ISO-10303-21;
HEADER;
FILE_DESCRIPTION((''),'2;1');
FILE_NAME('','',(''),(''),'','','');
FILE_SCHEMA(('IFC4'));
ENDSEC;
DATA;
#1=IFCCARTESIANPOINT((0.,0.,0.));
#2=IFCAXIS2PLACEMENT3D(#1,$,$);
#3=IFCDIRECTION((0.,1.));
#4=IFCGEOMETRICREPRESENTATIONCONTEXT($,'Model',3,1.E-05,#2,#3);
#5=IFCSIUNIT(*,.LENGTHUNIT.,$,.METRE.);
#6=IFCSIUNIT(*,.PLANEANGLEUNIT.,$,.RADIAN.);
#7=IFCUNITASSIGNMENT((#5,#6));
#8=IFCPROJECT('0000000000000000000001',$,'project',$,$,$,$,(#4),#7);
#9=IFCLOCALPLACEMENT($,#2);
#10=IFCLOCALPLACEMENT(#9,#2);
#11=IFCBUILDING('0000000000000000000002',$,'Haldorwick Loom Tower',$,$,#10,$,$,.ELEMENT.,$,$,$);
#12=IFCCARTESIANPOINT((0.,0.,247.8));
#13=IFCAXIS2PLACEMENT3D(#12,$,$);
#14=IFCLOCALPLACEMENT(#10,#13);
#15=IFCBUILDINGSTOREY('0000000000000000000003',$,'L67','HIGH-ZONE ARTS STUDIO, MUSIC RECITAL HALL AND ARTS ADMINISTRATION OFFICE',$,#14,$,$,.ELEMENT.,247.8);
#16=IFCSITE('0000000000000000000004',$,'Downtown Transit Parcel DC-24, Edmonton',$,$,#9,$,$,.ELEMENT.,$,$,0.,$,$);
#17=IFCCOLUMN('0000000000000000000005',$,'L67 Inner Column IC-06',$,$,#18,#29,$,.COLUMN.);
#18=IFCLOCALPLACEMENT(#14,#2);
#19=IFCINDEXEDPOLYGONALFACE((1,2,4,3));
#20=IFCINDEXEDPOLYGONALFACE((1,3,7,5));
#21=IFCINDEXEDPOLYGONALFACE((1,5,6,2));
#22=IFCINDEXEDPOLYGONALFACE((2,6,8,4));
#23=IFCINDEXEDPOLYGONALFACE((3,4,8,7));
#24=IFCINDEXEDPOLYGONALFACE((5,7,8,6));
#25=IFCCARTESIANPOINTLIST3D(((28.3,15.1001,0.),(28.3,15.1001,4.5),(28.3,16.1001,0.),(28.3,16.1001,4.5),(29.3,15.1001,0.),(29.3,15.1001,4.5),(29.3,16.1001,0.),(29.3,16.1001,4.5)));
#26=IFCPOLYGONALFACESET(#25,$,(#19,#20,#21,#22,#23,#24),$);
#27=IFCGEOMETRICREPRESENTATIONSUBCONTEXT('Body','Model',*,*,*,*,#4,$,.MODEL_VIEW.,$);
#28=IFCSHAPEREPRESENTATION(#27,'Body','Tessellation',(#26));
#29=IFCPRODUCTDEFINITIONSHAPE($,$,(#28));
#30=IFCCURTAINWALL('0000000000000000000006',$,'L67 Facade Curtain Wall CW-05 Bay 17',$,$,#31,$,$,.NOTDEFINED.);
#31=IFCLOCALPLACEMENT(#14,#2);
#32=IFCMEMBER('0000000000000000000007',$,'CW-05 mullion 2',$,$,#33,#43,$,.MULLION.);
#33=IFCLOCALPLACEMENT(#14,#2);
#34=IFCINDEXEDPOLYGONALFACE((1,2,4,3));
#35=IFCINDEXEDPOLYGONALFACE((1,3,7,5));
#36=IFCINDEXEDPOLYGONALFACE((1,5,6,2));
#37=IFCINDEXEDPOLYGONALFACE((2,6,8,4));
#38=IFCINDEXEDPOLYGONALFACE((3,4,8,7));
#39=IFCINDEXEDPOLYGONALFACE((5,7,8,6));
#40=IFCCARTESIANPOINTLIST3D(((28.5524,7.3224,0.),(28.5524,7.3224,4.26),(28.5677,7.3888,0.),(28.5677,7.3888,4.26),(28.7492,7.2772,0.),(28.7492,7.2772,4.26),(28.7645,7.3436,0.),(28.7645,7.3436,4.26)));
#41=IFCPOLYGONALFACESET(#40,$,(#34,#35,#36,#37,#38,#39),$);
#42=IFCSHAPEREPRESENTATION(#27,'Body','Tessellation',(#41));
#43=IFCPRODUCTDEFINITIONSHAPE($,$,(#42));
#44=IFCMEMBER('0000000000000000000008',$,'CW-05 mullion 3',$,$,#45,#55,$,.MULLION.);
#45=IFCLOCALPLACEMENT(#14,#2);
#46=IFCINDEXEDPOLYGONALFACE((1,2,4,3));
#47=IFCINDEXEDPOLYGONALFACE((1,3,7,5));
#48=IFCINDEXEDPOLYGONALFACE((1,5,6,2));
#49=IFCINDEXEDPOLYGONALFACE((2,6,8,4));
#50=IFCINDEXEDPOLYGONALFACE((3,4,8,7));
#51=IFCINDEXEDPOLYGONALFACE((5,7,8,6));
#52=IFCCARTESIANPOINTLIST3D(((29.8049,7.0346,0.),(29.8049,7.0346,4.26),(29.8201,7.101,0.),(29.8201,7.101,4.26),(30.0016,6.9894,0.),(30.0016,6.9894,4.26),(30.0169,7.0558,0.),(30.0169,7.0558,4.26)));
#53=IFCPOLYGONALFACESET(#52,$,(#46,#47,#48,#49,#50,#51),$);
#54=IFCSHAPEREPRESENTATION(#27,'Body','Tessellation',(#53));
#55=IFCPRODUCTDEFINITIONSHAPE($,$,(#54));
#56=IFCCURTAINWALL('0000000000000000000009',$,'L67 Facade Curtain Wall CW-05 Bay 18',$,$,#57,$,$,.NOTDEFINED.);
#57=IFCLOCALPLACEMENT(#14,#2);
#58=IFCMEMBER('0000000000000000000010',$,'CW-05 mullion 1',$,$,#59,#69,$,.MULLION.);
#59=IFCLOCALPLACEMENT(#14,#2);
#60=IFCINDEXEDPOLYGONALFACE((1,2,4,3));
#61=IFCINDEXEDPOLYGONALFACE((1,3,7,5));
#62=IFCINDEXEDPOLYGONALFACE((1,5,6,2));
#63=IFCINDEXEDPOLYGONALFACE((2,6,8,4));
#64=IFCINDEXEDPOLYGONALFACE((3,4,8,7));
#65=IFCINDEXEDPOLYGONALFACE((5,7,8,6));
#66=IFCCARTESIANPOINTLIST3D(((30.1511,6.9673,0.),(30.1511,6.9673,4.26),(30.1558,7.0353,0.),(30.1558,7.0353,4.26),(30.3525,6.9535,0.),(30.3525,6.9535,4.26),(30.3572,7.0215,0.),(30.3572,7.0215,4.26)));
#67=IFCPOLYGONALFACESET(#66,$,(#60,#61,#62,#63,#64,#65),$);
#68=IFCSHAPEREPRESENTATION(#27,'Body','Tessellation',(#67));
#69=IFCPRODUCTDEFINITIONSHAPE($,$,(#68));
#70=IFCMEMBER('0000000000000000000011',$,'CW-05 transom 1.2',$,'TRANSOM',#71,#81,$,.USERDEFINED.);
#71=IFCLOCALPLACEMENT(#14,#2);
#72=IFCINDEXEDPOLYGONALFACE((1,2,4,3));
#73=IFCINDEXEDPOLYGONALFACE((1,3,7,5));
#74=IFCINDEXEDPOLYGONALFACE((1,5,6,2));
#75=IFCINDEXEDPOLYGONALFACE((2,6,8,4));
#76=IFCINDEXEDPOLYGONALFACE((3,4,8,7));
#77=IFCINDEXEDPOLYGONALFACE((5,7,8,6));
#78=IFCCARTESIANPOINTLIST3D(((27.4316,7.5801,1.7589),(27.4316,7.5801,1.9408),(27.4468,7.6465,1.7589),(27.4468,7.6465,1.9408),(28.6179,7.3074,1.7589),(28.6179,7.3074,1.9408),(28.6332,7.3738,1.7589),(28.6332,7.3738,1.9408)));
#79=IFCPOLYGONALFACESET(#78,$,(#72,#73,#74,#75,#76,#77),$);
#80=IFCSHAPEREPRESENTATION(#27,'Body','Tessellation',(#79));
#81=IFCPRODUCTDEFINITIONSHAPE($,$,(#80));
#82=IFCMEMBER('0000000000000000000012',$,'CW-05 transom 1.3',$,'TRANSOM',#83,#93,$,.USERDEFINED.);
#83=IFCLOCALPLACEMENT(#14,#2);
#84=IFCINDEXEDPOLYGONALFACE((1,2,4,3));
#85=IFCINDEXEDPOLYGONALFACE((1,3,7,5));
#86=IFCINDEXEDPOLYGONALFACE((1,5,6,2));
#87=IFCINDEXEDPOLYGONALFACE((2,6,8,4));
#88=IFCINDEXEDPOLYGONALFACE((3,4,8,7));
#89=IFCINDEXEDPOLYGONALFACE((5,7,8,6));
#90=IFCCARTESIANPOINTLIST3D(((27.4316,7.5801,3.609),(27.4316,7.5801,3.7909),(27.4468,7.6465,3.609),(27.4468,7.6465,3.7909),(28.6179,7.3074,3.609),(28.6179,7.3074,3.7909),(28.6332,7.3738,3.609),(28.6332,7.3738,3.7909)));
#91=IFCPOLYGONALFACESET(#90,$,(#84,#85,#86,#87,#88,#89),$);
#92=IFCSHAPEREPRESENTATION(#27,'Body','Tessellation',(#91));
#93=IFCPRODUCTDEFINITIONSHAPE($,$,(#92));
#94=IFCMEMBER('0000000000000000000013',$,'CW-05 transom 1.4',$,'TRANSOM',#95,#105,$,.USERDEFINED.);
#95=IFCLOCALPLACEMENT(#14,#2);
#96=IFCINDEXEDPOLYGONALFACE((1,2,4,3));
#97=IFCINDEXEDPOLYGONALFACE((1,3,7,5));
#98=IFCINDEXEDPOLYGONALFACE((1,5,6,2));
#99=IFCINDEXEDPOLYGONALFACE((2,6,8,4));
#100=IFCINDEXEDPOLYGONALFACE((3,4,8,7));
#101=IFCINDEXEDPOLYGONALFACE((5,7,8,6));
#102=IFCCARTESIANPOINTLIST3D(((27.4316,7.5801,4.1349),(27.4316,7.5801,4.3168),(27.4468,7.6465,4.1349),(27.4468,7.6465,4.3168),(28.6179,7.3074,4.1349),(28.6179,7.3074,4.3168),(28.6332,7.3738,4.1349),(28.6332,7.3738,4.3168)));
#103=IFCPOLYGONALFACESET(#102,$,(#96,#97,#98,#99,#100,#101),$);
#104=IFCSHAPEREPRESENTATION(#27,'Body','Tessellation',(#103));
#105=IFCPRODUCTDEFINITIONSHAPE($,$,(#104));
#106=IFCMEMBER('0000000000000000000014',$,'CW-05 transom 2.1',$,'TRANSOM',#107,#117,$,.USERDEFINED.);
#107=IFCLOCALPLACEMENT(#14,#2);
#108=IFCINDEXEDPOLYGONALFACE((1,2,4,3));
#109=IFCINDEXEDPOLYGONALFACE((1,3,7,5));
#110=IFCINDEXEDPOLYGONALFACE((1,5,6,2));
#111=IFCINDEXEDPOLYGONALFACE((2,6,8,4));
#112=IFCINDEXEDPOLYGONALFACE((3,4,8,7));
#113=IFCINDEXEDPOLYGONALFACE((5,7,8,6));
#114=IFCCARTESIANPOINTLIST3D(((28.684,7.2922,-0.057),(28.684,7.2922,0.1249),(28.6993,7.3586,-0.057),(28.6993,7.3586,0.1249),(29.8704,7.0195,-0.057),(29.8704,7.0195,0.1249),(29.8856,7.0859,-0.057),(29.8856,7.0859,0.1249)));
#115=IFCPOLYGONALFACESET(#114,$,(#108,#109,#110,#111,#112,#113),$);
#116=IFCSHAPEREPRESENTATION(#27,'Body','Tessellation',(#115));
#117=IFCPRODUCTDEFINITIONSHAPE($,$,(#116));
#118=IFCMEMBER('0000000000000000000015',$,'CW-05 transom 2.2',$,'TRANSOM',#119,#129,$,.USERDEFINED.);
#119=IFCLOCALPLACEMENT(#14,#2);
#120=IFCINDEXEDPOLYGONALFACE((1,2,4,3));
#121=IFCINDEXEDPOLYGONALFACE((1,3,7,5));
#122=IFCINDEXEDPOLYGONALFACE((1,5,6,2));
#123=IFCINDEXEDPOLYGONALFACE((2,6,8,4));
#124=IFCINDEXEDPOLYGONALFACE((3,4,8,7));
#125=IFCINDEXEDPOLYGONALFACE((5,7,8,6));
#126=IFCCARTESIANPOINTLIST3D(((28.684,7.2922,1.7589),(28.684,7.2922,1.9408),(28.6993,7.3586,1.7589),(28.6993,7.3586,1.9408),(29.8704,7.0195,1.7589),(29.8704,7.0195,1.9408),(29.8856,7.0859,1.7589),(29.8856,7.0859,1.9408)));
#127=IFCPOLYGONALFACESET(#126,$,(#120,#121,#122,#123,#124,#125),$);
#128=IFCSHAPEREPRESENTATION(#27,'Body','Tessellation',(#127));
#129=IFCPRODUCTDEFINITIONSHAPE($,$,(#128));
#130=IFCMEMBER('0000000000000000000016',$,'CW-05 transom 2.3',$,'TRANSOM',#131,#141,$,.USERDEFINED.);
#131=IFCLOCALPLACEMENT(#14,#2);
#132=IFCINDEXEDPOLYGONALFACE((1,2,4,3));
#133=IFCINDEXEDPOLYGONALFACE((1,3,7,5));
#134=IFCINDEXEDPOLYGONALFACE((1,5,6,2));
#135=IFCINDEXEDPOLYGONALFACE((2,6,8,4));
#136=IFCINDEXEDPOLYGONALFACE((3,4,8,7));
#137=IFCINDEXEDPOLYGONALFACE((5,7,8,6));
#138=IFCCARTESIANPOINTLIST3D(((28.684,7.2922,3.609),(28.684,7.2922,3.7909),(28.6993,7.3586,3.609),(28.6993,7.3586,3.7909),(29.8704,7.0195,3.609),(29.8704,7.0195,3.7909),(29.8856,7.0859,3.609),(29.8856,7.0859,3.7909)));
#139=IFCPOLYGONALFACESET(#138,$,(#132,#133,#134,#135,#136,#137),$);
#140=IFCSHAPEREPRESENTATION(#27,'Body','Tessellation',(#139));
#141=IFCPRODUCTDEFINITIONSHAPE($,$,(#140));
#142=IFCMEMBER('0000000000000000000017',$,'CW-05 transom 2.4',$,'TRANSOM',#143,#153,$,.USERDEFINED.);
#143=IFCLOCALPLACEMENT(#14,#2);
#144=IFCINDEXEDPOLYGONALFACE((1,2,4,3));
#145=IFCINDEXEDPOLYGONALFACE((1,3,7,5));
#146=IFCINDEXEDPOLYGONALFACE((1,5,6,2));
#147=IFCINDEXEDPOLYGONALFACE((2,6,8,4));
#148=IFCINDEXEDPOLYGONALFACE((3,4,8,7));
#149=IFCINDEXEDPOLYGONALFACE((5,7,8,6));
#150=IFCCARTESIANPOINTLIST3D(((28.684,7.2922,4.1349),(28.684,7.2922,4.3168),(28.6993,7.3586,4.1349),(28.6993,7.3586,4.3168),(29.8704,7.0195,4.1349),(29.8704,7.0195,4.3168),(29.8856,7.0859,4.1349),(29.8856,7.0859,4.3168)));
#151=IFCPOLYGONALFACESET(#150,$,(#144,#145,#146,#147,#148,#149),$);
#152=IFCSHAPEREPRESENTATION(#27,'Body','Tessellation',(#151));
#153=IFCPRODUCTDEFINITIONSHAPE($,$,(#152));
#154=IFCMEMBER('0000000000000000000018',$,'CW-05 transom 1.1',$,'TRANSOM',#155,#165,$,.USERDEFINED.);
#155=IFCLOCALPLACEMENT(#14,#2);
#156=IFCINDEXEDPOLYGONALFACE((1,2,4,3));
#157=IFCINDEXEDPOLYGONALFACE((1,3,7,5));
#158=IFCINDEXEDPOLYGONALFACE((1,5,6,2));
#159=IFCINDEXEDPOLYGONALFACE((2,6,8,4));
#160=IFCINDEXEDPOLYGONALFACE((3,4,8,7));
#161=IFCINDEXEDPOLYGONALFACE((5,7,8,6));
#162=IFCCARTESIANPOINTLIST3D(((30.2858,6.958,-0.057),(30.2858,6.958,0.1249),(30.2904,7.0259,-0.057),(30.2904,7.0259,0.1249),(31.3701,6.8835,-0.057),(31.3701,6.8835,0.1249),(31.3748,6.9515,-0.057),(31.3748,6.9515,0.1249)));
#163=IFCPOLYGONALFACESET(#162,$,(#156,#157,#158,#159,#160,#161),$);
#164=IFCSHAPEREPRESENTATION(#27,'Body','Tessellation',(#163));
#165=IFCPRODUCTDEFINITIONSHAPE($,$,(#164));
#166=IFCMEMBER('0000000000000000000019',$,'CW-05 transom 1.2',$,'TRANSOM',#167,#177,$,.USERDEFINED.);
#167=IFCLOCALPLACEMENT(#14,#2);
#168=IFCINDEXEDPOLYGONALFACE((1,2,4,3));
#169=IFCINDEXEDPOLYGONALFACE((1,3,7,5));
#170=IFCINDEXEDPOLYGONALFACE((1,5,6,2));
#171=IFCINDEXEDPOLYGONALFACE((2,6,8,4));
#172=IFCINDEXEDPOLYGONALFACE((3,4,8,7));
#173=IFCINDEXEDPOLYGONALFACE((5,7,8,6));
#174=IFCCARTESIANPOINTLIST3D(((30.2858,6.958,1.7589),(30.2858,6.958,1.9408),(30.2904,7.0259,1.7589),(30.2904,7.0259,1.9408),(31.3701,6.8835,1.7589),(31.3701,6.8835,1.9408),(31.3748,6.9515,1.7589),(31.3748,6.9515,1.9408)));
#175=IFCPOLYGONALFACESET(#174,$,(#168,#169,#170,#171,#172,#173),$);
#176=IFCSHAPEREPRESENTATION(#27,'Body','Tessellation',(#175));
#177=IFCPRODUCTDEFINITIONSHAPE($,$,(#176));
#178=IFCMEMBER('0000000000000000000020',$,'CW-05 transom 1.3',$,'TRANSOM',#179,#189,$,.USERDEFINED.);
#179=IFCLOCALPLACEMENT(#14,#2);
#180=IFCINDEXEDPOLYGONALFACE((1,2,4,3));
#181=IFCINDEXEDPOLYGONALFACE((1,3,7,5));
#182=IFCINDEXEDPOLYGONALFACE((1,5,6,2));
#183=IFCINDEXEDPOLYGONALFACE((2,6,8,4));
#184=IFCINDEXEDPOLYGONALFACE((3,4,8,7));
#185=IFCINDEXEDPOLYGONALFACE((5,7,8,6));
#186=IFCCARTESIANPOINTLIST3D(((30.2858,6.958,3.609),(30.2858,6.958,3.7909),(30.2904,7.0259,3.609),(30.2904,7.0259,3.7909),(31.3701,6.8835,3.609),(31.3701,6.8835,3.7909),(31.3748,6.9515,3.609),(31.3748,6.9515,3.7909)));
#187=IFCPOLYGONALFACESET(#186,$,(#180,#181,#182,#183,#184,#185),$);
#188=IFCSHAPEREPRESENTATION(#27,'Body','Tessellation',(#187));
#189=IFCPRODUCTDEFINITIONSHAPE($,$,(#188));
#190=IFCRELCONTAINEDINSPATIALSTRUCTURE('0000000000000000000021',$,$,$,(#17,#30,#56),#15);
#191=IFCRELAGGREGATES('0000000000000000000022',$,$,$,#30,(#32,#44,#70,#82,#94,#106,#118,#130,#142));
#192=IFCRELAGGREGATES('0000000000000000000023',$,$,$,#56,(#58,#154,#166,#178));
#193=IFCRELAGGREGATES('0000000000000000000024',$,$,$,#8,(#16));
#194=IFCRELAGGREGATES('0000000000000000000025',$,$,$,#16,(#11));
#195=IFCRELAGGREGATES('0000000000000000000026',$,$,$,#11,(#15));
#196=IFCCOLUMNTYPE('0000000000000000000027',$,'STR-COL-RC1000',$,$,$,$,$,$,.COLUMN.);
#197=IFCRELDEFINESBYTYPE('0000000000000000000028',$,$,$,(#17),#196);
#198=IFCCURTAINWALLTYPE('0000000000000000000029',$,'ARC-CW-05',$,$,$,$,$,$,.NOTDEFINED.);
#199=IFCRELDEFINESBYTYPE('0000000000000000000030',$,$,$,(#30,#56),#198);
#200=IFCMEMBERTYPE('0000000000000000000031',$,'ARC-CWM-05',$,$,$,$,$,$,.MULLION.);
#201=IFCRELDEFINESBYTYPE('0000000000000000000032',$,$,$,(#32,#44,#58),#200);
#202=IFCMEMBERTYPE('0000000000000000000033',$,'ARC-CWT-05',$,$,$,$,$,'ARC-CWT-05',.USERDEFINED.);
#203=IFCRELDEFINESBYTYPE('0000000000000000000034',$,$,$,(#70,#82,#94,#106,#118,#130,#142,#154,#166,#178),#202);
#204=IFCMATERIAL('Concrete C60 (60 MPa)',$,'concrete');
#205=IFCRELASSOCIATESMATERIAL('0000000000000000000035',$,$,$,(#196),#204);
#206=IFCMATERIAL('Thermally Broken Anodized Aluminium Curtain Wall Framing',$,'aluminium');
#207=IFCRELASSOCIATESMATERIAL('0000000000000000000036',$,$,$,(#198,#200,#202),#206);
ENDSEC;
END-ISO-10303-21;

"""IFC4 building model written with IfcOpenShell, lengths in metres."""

from ifc_helpers import new_model, si_unit, direction, frame, origin, origin_2d, place, context, subcontext, project, spatial, rectangle, extrude, material, material_profile, profile_set, type_object, element, aggregate, save


model = new_model("IFC4")

# Units and contexts
model_context = context("Model", 3, precision=1e-05, world=origin(), true_north=direction((0.0, 1.0)))
body_context = subcontext(model_context, "Body", "Model", "MODEL_VIEW")
ifc_project = project(units=[si_unit("LENGTHUNIT", "METRE"), si_unit("PLANEANGLEUNIT", "RADIAN")], contexts=[model_context])

# Site, building, storey
site_placement = place(None, origin())
site = spatial("IfcSite", under=ifc_project, at=site_placement, Name="Downtown Transit Parcel DC-24, Edmonton", CompositionType="ELEMENT", RefElevation=0.0)
building_placement = place(site_placement, origin())
building = spatial("IfcBuilding", under=site, at=building_placement, Name="Haldorwick Loom Tower", CompositionType="ELEMENT")
storey_placement = place(building_placement, frame((0.0, 0.0, 247.8)))
storey = spatial("IfcBuildingStorey", under=building, at=storey_placement, Name="L67", Description="HIGH-ZONE ARTS STUDIO, MUSIC RECITAL HALL AND ARTS ADMINISTRATION OFFICE", CompositionType="ELEMENT", Elevation=247.8)

# Column
ifc_material_1 = material(Name="Concrete C60 (60 MPa)", Category="concrete")
ifc_material_profile_1 = material_profile(ifc_material_1, rectangle(XDim=1.0, YDim=1.0, at=origin_2d()), Name="RC1000X1000", Category="concrete")
ifc_profile_set_1 = profile_set([ifc_material_profile_1], Name="Concrete C60 (60 MPa)")
column_type = type_object("IfcColumnType", Name="STR-COL-RC1000", PredefinedType="COLUMN", material=ifc_profile_set_1)
column_placement = place(storey_placement, frame((28.8, 15.6001, 0.0), z_axis=(0.0, 0.0, 1.0), x_axis=(1.0, 0.0, 0.0)))
element("IfcColumn", 1, at=column_placement, inside=storey, type_object=column_type, Name="L67 Inner Column IC-06", PredefinedType="COLUMN", context=body_context, shape_type="SweptSolid", body=[
    extrude(rectangle(XDim=1.0, YDim=1.0, at=origin_2d()), origin(), (0.0, 0.0, 1.0), 4.5),
])

# Curtain wall, members
ifc_material_2 = material(Name="Thermally Broken Anodized Aluminium Curtain Wall Framing", Category="aluminium")
curtain_wall_type = type_object("IfcCurtainWallType", Name="ARC-CW-05", PredefinedType="NOTDEFINED", material=ifc_material_2)
curtain_wall_1_placement = place(storey_placement, origin())
curtain_wall_1 = element("IfcCurtainWall", 2, at=curtain_wall_1_placement, inside=storey, type_object=curtain_wall_type, Name="L67 Facade Curtain Wall CW-05 Bay 17", PredefinedType="NOTDEFINED")
ifc_material_profile_2 = material_profile(ifc_material_2, rectangle(XDim=0.0681, YDim=0.2019, at=origin_2d()), Name="ALU_MUL_68X202", Category="aluminium")
ifc_profile_set_2 = profile_set([ifc_material_profile_2], Name="Thermally Broken Anodized Aluminium Curtain Wall Framing")
member_type_1 = type_object("IfcMemberType", Name="ARC-CWM-05", PredefinedType="MULLION", material=ifc_profile_set_2)
member_1_placement = place(storey_placement, frame((28.6584, 7.333, 0.0), z_axis=(0.0, 0.0, 1.0), x_axis=(0.223949, 0.974601, 0.0)))
member_1 = element("IfcMember", 3, at=member_1_placement, type_object=member_type_1, Name="CW-05 mullion 2", PredefinedType="MULLION", context=body_context, shape_type="SweptSolid", body=[
    extrude(rectangle(XDim=0.0681, YDim=0.2019, at=origin_2d()), origin(), (0.0, 0.0, 1.0), 4.26),
])
member_2_placement = place(storey_placement, frame((29.9109, 7.0452, 0.0), z_axis=(0.0, 0.0, 1.0), x_axis=(0.223949, 0.974601, 0.0)))
member_2 = element("IfcMember", 4, at=member_2_placement, type_object=member_type_1, Name="CW-05 mullion 3", PredefinedType="MULLION", context=body_context, shape_type="SweptSolid", body=[
    extrude(rectangle(XDim=0.0681, YDim=0.2019, at=origin_2d()), origin(), (0.0, 0.0, 1.0), 4.26),
])

# Curtain wall, member
curtain_wall_2_placement = place(storey_placement, origin())
curtain_wall_2 = element("IfcCurtainWall", 5, at=curtain_wall_2_placement, inside=storey, type_object=curtain_wall_type, Name="L67 Facade Curtain Wall CW-05 Bay 18", PredefinedType="NOTDEFINED")
member_3_placement = place(storey_placement, frame((30.2542, 6.9944, 0.0), z_axis=(0.0, 0.0, 1.0), x_axis=(0.068454, 0.997654, 0.0)))
member_3 = element("IfcMember", 6, at=member_3_placement, type_object=member_type_1, Name="CW-05 mullion 1", PredefinedType="MULLION", context=body_context, shape_type="SweptSolid", body=[
    extrude(rectangle(XDim=0.0681, YDim=0.2019, at=origin_2d()), origin(), (0.0, 0.0, 1.0), 4.26),
])

# Members
ifc_material_profile_3 = material_profile(ifc_material_2, rectangle(XDim=0.0681, YDim=0.1819, at=origin_2d()), Name="ALU_TRN_68X182", Category="aluminium")
ifc_profile_set_3 = profile_set([ifc_material_profile_3], Name="Thermally Broken Anodized Aluminium Curtain Wall Framing")
member_type_2 = type_object("IfcMemberType", Name="ARC-CWT-05", ElementType="ARC-CWT-05", PredefinedType="USERDEFINED", material=ifc_profile_set_3)
member_4_placement = place(storey_placement, frame((27.4392, 7.6133, 1.8499), z_axis=(0.97458, -0.224039, 0.0), x_axis=(0.224039, 0.97458, 0.0)))
member_4 = element("IfcMember", 7, at=member_4_placement, type_object=member_type_2, Name="CW-05 transom 1.2", ObjectType="TRANSOM", PredefinedType="USERDEFINED", context=body_context, shape_type="SweptSolid", body=[
    extrude(rectangle(XDim=0.0681, YDim=0.1819, at=origin_2d()), origin(), (0.0, 0.0, 1.0), 1.2173),
])
member_5_placement = place(storey_placement, frame((27.4392, 7.6133, 3.7), z_axis=(0.97458, -0.224039, 0.0), x_axis=(0.224039, 0.97458, 0.0)))
member_5 = element("IfcMember", 8, at=member_5_placement, type_object=member_type_2, Name="CW-05 transom 1.3", ObjectType="TRANSOM", PredefinedType="USERDEFINED", context=body_context, shape_type="SweptSolid", body=[
    extrude(rectangle(XDim=0.0681, YDim=0.1819, at=origin_2d()), origin(), (0.0, 0.0, 1.0), 1.2173),
])
member_6_placement = place(storey_placement, frame((27.4392, 7.6133, 4.2258), z_axis=(0.97458, -0.224039, 0.0), x_axis=(0.224039, 0.97458, 0.0)))
member_6 = element("IfcMember", 9, at=member_6_placement, type_object=member_type_2, Name="CW-05 transom 1.4", ObjectType="TRANSOM", PredefinedType="USERDEFINED", context=body_context, shape_type="SweptSolid", body=[
    extrude(rectangle(XDim=0.0681, YDim=0.1819, at=origin_2d()), origin(), (0.0, 0.0, 1.0), 1.2173),
])
member_7_placement = place(storey_placement, frame((28.6917, 7.3254, 0.0339), z_axis=(0.97458, -0.224039, 0.0), x_axis=(0.224039, 0.97458, 0.0)))
member_7 = element("IfcMember", 10, at=member_7_placement, type_object=member_type_2, Name="CW-05 transom 2.1", ObjectType="TRANSOM", PredefinedType="USERDEFINED", context=body_context, shape_type="SweptSolid", body=[
    extrude(rectangle(XDim=0.0681, YDim=0.1819, at=origin_2d()), origin(), (0.0, 0.0, 1.0), 1.2173),
])
member_8_placement = place(storey_placement, frame((28.6917, 7.3254, 1.8499), z_axis=(0.97458, -0.224039, 0.0), x_axis=(0.224039, 0.97458, 0.0)))
member_8 = element("IfcMember", 11, at=member_8_placement, type_object=member_type_2, Name="CW-05 transom 2.2", ObjectType="TRANSOM", PredefinedType="USERDEFINED", context=body_context, shape_type="SweptSolid", body=[
    extrude(rectangle(XDim=0.0681, YDim=0.1819, at=origin_2d()), origin(), (0.0, 0.0, 1.0), 1.2173),
])
member_9_placement = place(storey_placement, frame((28.6917, 7.3254, 3.7), z_axis=(0.97458, -0.224039, 0.0), x_axis=(0.224039, 0.97458, 0.0)))
member_9 = element("IfcMember", 12, at=member_9_placement, type_object=member_type_2, Name="CW-05 transom 2.3", ObjectType="TRANSOM", PredefinedType="USERDEFINED", context=body_context, shape_type="SweptSolid", body=[
    extrude(rectangle(XDim=0.0681, YDim=0.1819, at=origin_2d()), origin(), (0.0, 0.0, 1.0), 1.2173),
])
member_10_placement = place(storey_placement, frame((28.6917, 7.3254, 4.2258), z_axis=(0.97458, -0.224039, 0.0), x_axis=(0.224039, 0.97458, 0.0)))
member_10 = element("IfcMember", 13, at=member_10_placement, type_object=member_type_2, Name="CW-05 transom 2.4", ObjectType="TRANSOM", PredefinedType="USERDEFINED", context=body_context, shape_type="SweptSolid", body=[
    extrude(rectangle(XDim=0.0681, YDim=0.1819, at=origin_2d()), origin(), (0.0, 0.0, 1.0), 1.2173),
])
member_11_placement = place(storey_placement, frame((30.2881, 6.9919, 0.0339), z_axis=(0.997651, -0.068501, 0.0), x_axis=(0.068501, 0.997651, 0.0)))
member_11 = element("IfcMember", 14, at=member_11_placement, type_object=member_type_2, Name="CW-05 transom 1.1", ObjectType="TRANSOM", PredefinedType="USERDEFINED", context=body_context, shape_type="SweptSolid", body=[
    extrude(rectangle(XDim=0.0681, YDim=0.1819, at=origin_2d()), origin(), (0.0, 0.0, 1.0), 1.0869),
])
member_12_placement = place(storey_placement, frame((30.2881, 6.9919, 1.8499), z_axis=(0.997651, -0.068501, 0.0), x_axis=(0.068501, 0.997651, 0.0)))
member_12 = element("IfcMember", 15, at=member_12_placement, type_object=member_type_2, Name="CW-05 transom 1.2", ObjectType="TRANSOM", PredefinedType="USERDEFINED", context=body_context, shape_type="SweptSolid", body=[
    extrude(rectangle(XDim=0.0681, YDim=0.1819, at=origin_2d()), origin(), (0.0, 0.0, 1.0), 1.0869),
])
member_13_placement = place(storey_placement, frame((30.2881, 6.9919, 3.7), z_axis=(0.997651, -0.068501, 0.0), x_axis=(0.068501, 0.997651, 0.0)))
member_13 = element("IfcMember", 16, at=member_13_placement, type_object=member_type_2, Name="CW-05 transom 1.3", ObjectType="TRANSOM", PredefinedType="USERDEFINED", context=body_context, shape_type="SweptSolid", body=[
    extrude(rectangle(XDim=0.0681, YDim=0.1819, at=origin_2d()), origin(), (0.0, 0.0, 1.0), 1.0869),
])

aggregate(curtain_wall_1, [member_1, member_2, member_4, member_5, member_6, member_7, member_8, member_9, member_10])
aggregate(curtain_wall_2, [member_3, member_11, member_12, member_13])

save(model, "model.ifc")
